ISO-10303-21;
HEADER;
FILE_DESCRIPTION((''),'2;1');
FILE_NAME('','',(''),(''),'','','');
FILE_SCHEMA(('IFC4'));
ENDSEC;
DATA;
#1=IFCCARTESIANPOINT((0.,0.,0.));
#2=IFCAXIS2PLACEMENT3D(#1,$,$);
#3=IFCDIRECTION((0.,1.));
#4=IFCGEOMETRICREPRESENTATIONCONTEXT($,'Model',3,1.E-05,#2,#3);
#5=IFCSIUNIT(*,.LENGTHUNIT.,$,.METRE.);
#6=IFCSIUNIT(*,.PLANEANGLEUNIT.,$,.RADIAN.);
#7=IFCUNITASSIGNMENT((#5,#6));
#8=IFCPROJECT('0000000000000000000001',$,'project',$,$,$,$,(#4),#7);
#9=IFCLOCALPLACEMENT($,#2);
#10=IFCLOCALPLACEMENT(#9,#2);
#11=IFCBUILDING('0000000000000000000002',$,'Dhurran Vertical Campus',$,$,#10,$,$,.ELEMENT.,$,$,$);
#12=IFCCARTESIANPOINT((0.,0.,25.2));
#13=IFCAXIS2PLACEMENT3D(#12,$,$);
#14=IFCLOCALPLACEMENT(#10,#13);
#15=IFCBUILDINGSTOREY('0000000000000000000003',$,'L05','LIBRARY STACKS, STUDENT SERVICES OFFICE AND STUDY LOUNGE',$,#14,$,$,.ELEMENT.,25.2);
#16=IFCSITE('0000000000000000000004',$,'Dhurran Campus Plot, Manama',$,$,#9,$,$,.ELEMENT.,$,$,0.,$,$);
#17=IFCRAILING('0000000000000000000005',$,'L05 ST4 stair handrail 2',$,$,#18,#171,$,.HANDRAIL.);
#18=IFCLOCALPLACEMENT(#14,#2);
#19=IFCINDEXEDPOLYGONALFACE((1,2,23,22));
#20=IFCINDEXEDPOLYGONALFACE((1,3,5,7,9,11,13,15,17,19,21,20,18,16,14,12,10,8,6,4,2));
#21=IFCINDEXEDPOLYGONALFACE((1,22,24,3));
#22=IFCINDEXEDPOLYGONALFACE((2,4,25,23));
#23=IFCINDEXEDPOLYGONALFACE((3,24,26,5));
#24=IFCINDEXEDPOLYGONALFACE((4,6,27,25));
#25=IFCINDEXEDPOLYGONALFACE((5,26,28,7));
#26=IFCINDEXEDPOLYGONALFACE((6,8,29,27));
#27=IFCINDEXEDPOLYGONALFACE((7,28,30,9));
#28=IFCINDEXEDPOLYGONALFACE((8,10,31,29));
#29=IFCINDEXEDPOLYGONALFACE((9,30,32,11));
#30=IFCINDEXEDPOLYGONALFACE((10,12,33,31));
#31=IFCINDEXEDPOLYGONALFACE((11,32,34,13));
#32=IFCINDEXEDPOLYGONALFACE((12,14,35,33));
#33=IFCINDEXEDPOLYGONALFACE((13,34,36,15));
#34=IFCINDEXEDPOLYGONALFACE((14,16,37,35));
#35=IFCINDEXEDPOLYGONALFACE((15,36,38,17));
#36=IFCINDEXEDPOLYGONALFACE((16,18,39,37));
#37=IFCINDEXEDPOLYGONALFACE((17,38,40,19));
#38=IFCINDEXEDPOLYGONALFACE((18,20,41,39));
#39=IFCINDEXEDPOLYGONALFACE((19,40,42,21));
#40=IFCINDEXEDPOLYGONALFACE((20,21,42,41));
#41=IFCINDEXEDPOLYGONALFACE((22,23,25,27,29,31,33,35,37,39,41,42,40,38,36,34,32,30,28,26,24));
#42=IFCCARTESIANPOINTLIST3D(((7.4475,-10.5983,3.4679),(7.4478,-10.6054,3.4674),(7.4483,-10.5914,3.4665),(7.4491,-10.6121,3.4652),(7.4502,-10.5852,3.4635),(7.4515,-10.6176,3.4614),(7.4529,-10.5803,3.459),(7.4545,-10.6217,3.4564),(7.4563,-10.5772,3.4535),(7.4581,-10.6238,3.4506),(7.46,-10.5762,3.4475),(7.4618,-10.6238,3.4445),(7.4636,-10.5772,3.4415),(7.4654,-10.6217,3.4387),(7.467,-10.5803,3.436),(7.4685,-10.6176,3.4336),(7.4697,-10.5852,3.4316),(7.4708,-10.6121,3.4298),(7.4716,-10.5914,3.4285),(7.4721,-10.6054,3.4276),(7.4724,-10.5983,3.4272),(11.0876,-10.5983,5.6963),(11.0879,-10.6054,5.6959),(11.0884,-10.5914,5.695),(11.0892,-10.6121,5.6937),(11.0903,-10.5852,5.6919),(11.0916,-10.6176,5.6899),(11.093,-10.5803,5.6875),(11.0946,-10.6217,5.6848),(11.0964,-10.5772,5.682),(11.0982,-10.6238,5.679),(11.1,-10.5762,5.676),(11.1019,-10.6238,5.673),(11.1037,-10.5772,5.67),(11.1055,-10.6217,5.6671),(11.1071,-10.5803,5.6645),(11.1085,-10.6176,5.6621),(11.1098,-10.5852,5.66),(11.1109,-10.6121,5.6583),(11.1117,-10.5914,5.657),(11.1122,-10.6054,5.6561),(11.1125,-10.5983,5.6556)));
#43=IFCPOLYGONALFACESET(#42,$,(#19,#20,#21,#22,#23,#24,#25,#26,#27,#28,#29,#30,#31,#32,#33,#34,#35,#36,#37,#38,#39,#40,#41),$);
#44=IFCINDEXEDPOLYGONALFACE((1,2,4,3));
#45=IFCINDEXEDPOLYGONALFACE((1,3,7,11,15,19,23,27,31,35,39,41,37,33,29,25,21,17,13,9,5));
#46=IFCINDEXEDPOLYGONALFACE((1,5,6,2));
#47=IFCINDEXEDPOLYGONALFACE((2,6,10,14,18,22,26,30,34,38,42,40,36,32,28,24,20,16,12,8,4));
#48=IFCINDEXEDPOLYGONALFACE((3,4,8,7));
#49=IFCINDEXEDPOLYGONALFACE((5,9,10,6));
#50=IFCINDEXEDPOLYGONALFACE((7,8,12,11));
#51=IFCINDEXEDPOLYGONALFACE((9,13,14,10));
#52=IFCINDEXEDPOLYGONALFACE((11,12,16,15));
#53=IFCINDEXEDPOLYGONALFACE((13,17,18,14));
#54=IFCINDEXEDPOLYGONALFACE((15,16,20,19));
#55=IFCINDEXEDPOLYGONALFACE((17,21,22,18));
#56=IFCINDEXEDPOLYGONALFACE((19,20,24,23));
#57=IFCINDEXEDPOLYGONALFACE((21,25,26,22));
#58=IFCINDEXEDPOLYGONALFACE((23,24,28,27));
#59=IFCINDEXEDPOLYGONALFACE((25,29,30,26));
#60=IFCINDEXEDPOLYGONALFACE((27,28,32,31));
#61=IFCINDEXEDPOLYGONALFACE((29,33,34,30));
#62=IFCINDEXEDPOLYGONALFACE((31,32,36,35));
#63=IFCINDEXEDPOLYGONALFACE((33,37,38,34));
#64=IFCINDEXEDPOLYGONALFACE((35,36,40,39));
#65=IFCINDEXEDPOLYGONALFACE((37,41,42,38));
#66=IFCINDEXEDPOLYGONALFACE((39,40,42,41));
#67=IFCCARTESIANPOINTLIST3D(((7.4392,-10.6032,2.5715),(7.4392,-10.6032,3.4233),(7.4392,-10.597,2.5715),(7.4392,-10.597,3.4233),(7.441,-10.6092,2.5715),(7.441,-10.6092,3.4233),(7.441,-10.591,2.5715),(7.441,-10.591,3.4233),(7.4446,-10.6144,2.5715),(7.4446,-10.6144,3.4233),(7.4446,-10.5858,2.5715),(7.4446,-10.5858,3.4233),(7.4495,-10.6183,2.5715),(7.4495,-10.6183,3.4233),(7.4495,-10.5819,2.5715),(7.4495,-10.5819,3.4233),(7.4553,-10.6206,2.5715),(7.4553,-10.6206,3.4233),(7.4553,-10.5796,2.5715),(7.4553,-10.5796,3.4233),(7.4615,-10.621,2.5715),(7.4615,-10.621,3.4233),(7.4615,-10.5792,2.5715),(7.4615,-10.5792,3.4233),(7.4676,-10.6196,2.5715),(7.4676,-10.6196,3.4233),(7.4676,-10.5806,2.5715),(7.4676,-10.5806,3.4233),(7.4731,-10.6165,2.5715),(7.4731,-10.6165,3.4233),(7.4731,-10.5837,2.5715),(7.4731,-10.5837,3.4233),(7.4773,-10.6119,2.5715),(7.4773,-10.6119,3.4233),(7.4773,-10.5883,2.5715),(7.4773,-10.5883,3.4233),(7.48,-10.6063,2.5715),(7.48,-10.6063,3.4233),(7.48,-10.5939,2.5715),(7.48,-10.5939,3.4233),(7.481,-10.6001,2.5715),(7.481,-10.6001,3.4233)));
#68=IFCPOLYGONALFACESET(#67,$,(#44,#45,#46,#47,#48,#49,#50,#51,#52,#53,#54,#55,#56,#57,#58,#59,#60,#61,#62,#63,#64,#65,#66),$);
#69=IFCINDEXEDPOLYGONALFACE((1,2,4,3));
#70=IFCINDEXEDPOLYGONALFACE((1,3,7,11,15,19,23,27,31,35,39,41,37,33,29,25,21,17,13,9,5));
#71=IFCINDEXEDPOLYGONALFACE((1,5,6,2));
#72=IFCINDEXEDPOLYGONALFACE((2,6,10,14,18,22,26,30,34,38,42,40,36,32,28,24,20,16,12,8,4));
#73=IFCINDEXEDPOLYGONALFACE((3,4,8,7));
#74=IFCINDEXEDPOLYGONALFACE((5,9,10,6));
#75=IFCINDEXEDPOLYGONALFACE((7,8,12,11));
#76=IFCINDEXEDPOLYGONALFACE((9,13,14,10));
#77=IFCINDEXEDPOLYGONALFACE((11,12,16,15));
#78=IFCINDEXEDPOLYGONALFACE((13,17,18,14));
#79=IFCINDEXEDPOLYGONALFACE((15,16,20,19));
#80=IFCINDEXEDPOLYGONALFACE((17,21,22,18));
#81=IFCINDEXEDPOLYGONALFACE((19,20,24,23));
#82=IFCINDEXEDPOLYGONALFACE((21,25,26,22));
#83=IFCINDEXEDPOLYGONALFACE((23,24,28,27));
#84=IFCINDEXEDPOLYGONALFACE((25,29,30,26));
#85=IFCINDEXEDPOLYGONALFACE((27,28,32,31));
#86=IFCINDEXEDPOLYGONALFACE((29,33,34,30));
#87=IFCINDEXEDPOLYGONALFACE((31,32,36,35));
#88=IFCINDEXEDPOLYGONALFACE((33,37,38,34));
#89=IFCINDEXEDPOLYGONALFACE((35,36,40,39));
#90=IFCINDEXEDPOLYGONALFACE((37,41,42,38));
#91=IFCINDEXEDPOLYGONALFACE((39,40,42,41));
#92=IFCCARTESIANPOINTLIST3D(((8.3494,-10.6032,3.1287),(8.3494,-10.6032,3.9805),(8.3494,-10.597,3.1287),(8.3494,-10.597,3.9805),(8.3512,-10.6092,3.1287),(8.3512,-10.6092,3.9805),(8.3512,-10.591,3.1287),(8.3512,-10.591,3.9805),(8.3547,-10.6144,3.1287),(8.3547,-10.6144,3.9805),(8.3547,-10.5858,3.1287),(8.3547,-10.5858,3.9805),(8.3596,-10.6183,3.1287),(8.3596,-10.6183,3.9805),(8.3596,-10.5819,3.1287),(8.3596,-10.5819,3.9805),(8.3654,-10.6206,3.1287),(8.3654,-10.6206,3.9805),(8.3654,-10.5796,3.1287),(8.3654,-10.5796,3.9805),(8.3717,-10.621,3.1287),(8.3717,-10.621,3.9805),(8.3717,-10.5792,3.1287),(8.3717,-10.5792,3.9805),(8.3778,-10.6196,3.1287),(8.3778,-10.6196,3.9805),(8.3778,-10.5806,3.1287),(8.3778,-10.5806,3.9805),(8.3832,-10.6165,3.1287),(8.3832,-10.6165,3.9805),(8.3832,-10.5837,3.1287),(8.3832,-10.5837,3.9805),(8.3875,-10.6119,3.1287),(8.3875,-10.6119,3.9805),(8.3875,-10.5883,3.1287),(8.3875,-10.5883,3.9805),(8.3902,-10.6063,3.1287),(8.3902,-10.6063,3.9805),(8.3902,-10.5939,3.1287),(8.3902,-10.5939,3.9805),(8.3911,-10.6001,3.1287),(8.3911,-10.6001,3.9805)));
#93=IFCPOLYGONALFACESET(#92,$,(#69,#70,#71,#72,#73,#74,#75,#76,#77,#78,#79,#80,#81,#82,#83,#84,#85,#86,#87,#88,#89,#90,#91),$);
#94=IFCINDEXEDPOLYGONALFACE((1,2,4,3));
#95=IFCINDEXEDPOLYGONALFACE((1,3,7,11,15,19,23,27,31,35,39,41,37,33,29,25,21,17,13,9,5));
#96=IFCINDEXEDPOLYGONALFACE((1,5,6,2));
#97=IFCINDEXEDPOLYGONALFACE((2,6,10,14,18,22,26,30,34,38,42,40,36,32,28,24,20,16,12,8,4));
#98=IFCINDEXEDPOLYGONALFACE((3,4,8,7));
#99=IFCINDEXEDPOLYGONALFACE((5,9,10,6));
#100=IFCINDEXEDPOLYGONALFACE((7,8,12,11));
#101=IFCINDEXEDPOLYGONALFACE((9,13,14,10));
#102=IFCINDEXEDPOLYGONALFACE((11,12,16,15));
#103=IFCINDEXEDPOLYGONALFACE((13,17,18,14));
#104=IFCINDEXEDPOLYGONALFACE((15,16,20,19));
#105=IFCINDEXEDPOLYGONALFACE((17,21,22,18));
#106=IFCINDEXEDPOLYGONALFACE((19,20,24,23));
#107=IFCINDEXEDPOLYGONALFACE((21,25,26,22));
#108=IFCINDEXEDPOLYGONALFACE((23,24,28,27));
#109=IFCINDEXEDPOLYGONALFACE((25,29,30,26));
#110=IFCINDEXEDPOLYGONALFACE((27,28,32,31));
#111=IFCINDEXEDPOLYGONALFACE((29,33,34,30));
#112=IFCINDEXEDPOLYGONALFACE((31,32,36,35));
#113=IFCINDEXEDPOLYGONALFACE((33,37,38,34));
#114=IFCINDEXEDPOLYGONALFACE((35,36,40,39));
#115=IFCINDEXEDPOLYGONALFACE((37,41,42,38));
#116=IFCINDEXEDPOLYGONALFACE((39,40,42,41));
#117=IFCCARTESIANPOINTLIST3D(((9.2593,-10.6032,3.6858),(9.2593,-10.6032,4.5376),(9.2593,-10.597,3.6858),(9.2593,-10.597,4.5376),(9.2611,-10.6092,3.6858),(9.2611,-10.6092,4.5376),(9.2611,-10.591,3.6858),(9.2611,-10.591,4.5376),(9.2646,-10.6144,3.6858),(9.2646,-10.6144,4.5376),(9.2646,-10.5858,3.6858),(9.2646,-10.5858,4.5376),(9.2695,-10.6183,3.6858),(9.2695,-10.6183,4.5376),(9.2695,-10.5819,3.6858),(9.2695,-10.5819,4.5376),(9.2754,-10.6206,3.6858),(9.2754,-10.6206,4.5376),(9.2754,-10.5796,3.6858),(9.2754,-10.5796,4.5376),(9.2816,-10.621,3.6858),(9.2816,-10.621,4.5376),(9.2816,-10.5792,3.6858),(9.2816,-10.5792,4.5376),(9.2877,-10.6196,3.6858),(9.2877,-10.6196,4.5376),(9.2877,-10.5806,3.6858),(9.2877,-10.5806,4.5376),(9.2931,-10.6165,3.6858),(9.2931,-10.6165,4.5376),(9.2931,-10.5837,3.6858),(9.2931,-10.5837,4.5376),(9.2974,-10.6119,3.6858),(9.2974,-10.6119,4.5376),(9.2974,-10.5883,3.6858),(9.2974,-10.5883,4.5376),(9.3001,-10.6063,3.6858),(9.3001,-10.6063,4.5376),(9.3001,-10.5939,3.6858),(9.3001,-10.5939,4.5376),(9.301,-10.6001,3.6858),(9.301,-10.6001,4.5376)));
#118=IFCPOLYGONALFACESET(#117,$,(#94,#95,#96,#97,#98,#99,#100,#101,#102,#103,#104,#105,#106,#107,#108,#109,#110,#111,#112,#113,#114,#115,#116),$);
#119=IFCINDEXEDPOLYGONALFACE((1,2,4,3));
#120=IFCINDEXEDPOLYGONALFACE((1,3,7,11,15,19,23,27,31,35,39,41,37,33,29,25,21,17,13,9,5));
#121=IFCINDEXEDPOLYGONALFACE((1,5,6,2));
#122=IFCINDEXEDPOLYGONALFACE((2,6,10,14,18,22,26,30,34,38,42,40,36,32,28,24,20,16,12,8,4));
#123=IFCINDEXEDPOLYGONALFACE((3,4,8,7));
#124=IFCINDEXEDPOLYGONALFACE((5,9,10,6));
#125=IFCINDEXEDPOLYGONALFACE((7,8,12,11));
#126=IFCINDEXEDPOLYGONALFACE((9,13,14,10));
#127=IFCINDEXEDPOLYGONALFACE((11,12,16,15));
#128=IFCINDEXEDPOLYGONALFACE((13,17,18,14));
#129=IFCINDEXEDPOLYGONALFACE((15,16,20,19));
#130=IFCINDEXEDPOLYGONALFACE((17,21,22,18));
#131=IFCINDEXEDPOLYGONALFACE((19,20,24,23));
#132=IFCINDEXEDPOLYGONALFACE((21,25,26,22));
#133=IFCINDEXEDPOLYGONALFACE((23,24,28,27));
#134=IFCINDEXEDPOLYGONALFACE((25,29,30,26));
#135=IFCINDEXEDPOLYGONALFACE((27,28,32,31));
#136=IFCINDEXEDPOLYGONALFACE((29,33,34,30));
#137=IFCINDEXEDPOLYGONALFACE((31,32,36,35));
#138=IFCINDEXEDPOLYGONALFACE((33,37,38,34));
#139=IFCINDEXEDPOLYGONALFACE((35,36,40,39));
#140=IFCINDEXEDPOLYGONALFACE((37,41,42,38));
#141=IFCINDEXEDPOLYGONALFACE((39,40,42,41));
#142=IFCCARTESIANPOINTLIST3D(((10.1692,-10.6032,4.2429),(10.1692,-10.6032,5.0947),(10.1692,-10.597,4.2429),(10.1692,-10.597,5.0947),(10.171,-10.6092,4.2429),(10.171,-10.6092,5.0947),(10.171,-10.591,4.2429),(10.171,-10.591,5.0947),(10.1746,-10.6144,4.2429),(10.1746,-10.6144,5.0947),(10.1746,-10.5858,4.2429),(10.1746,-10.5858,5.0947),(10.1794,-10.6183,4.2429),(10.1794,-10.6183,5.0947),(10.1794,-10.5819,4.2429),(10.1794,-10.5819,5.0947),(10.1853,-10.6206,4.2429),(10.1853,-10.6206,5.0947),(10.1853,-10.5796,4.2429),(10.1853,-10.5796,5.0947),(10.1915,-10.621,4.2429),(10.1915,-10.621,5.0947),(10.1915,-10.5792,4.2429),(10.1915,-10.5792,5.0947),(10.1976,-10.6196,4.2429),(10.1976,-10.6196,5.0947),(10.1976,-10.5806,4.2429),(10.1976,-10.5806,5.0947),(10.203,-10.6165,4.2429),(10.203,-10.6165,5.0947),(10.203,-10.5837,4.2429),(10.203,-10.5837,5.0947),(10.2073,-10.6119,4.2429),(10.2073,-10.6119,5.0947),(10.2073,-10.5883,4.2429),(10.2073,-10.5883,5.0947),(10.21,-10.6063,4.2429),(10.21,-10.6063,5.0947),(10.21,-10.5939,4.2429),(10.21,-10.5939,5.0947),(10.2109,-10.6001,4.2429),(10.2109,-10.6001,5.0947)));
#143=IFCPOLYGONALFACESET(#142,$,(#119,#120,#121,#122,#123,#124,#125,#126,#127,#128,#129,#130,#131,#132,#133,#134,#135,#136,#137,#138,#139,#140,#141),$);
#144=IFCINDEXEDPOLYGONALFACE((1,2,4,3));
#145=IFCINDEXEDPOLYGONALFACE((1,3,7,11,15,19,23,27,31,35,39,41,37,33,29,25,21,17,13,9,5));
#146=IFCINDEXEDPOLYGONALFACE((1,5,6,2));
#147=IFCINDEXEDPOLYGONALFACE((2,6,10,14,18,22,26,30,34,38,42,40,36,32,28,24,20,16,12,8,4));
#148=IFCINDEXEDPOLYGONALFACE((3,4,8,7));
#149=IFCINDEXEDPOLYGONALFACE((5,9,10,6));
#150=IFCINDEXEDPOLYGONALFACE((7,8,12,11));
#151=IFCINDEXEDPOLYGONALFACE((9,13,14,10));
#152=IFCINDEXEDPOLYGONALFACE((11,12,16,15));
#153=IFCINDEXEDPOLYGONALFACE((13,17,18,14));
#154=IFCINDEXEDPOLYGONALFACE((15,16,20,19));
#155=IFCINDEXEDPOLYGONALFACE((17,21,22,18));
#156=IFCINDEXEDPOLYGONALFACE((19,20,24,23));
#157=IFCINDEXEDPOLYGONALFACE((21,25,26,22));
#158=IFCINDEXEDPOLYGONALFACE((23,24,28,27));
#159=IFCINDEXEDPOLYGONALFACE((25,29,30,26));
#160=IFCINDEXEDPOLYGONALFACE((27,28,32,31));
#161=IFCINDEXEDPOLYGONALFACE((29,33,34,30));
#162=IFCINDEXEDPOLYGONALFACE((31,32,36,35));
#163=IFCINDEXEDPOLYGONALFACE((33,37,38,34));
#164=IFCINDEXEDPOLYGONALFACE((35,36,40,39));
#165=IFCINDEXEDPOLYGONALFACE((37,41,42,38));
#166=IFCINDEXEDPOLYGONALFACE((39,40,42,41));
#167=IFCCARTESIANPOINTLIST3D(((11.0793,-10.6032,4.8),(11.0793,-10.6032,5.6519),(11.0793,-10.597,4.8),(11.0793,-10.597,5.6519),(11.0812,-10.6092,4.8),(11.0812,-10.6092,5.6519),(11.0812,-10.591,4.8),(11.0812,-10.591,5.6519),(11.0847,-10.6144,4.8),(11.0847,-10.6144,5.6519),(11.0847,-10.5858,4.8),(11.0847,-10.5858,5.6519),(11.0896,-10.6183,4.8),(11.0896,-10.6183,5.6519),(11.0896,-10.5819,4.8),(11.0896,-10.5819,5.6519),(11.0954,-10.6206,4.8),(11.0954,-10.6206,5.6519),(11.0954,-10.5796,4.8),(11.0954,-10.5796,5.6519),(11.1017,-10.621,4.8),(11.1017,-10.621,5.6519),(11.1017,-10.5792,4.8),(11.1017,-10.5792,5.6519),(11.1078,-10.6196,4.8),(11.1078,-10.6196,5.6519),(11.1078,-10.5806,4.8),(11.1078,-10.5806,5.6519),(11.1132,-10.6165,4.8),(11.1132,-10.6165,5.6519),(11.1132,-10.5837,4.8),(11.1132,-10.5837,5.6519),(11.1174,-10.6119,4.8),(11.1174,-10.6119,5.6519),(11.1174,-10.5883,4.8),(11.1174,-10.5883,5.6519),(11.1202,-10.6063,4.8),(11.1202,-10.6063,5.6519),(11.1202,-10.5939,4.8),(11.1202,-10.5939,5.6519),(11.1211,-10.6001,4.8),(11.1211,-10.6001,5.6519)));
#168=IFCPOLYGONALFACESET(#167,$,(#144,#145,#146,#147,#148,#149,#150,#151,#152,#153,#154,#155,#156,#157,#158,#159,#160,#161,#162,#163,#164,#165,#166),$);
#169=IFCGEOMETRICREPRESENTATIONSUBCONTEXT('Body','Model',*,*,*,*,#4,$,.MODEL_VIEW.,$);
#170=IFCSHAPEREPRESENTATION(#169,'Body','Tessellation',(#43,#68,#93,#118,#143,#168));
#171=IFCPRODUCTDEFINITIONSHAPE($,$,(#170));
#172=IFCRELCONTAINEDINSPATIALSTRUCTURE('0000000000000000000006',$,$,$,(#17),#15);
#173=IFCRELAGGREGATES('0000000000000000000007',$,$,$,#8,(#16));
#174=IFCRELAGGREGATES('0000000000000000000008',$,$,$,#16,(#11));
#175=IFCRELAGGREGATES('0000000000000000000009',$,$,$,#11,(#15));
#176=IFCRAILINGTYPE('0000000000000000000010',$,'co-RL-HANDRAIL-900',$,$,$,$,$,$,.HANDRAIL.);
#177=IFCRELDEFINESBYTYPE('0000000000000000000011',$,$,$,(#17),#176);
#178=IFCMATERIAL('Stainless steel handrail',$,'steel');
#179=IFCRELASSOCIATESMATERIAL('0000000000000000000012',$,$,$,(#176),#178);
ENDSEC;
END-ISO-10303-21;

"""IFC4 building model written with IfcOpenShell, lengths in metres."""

from ifc_helpers import new_model, si_unit, direction, frame, origin, origin_2d, place, context, subcontext, project, spatial, circle, extrude, material, type_object, element, save


model = new_model("IFC4")

# Units and contexts
model_context = context("Model", 3, precision=1e-05, world=origin(), true_north=direction((0.0, 1.0)))
body_context = subcontext(model_context, "Body", "Model", "MODEL_VIEW")
ifc_project = project(units=[si_unit("LENGTHUNIT", "METRE"), si_unit("PLANEANGLEUNIT", "RADIAN")], contexts=[model_context])

# Site, building, storey
site_placement = place(None, origin())
site = spatial("IfcSite", under=ifc_project, at=site_placement, Name="Dhurran Campus Plot, Manama", CompositionType="ELEMENT", RefElevation=0.0)
building_placement = place(site_placement, origin())
building = spatial("IfcBuilding", under=site, at=building_placement, Name="Dhurran Vertical Campus", CompositionType="ELEMENT")
storey_placement = place(building_placement, frame((0.0, 0.0, 25.2)))
storey = spatial("IfcBuildingStorey", under=building, at=storey_placement, Name="L05", Description="LIBRARY STACKS, STUDENT SERVICES OFFICE AND STUDY LOUNGE", CompositionType="ELEMENT", Elevation=25.2)

# Railing
ifc_material_1 = material(Name="Stainless steel handrail", Category="steel")
railing_type_1 = type_object("IfcRailingType", Name="co-RL-HANDRAIL-900", PredefinedType="HANDRAIL", material=ifc_material_1)
railing_1_placement = place(storey_placement, frame((7.46, -10.6001, 2.5715)))
element("IfcRailing", 1, at=railing_1_placement, inside=storey, type_object=railing_type_1, Name="L05 ST4 stair handrail 2", PredefinedType="HANDRAIL", context=body_context, shape_type="SweptSolid", body=[
    extrude(circle(Radius=0.0239, at=origin_2d()), frame((0.0, 0.0, 0.876), z_axis=(0.852866, 0.0, 0.52213), x_axis=(0.0, 1.0, 0.0)), (0.0, 0.0, 1.0), 4.2681),
    extrude(circle(Radius=0.021, at=origin_2d()), origin(), (0.0, 0.0, 1.0), 0.8518),
    extrude(circle(Radius=0.021, at=origin_2d()), frame((0.9102, 0.0, 0.5571)), (0.0, 0.0, 1.0), 0.8518),
    extrude(circle(Radius=0.021, at=origin_2d()), frame((1.8201, 0.0, 1.1143)), (0.0, 0.0, 1.0), 0.8518),
    extrude(circle(Radius=0.021, at=origin_2d()), frame((2.73, 0.0, 1.6714)), (0.0, 0.0, 1.0), 0.8518),
    extrude(circle(Radius=0.021, at=origin_2d()), frame((3.6401, 0.0, 2.2285)), (0.0, 0.0, 1.0), 0.8518),
])

save(model, "model.ifc")
